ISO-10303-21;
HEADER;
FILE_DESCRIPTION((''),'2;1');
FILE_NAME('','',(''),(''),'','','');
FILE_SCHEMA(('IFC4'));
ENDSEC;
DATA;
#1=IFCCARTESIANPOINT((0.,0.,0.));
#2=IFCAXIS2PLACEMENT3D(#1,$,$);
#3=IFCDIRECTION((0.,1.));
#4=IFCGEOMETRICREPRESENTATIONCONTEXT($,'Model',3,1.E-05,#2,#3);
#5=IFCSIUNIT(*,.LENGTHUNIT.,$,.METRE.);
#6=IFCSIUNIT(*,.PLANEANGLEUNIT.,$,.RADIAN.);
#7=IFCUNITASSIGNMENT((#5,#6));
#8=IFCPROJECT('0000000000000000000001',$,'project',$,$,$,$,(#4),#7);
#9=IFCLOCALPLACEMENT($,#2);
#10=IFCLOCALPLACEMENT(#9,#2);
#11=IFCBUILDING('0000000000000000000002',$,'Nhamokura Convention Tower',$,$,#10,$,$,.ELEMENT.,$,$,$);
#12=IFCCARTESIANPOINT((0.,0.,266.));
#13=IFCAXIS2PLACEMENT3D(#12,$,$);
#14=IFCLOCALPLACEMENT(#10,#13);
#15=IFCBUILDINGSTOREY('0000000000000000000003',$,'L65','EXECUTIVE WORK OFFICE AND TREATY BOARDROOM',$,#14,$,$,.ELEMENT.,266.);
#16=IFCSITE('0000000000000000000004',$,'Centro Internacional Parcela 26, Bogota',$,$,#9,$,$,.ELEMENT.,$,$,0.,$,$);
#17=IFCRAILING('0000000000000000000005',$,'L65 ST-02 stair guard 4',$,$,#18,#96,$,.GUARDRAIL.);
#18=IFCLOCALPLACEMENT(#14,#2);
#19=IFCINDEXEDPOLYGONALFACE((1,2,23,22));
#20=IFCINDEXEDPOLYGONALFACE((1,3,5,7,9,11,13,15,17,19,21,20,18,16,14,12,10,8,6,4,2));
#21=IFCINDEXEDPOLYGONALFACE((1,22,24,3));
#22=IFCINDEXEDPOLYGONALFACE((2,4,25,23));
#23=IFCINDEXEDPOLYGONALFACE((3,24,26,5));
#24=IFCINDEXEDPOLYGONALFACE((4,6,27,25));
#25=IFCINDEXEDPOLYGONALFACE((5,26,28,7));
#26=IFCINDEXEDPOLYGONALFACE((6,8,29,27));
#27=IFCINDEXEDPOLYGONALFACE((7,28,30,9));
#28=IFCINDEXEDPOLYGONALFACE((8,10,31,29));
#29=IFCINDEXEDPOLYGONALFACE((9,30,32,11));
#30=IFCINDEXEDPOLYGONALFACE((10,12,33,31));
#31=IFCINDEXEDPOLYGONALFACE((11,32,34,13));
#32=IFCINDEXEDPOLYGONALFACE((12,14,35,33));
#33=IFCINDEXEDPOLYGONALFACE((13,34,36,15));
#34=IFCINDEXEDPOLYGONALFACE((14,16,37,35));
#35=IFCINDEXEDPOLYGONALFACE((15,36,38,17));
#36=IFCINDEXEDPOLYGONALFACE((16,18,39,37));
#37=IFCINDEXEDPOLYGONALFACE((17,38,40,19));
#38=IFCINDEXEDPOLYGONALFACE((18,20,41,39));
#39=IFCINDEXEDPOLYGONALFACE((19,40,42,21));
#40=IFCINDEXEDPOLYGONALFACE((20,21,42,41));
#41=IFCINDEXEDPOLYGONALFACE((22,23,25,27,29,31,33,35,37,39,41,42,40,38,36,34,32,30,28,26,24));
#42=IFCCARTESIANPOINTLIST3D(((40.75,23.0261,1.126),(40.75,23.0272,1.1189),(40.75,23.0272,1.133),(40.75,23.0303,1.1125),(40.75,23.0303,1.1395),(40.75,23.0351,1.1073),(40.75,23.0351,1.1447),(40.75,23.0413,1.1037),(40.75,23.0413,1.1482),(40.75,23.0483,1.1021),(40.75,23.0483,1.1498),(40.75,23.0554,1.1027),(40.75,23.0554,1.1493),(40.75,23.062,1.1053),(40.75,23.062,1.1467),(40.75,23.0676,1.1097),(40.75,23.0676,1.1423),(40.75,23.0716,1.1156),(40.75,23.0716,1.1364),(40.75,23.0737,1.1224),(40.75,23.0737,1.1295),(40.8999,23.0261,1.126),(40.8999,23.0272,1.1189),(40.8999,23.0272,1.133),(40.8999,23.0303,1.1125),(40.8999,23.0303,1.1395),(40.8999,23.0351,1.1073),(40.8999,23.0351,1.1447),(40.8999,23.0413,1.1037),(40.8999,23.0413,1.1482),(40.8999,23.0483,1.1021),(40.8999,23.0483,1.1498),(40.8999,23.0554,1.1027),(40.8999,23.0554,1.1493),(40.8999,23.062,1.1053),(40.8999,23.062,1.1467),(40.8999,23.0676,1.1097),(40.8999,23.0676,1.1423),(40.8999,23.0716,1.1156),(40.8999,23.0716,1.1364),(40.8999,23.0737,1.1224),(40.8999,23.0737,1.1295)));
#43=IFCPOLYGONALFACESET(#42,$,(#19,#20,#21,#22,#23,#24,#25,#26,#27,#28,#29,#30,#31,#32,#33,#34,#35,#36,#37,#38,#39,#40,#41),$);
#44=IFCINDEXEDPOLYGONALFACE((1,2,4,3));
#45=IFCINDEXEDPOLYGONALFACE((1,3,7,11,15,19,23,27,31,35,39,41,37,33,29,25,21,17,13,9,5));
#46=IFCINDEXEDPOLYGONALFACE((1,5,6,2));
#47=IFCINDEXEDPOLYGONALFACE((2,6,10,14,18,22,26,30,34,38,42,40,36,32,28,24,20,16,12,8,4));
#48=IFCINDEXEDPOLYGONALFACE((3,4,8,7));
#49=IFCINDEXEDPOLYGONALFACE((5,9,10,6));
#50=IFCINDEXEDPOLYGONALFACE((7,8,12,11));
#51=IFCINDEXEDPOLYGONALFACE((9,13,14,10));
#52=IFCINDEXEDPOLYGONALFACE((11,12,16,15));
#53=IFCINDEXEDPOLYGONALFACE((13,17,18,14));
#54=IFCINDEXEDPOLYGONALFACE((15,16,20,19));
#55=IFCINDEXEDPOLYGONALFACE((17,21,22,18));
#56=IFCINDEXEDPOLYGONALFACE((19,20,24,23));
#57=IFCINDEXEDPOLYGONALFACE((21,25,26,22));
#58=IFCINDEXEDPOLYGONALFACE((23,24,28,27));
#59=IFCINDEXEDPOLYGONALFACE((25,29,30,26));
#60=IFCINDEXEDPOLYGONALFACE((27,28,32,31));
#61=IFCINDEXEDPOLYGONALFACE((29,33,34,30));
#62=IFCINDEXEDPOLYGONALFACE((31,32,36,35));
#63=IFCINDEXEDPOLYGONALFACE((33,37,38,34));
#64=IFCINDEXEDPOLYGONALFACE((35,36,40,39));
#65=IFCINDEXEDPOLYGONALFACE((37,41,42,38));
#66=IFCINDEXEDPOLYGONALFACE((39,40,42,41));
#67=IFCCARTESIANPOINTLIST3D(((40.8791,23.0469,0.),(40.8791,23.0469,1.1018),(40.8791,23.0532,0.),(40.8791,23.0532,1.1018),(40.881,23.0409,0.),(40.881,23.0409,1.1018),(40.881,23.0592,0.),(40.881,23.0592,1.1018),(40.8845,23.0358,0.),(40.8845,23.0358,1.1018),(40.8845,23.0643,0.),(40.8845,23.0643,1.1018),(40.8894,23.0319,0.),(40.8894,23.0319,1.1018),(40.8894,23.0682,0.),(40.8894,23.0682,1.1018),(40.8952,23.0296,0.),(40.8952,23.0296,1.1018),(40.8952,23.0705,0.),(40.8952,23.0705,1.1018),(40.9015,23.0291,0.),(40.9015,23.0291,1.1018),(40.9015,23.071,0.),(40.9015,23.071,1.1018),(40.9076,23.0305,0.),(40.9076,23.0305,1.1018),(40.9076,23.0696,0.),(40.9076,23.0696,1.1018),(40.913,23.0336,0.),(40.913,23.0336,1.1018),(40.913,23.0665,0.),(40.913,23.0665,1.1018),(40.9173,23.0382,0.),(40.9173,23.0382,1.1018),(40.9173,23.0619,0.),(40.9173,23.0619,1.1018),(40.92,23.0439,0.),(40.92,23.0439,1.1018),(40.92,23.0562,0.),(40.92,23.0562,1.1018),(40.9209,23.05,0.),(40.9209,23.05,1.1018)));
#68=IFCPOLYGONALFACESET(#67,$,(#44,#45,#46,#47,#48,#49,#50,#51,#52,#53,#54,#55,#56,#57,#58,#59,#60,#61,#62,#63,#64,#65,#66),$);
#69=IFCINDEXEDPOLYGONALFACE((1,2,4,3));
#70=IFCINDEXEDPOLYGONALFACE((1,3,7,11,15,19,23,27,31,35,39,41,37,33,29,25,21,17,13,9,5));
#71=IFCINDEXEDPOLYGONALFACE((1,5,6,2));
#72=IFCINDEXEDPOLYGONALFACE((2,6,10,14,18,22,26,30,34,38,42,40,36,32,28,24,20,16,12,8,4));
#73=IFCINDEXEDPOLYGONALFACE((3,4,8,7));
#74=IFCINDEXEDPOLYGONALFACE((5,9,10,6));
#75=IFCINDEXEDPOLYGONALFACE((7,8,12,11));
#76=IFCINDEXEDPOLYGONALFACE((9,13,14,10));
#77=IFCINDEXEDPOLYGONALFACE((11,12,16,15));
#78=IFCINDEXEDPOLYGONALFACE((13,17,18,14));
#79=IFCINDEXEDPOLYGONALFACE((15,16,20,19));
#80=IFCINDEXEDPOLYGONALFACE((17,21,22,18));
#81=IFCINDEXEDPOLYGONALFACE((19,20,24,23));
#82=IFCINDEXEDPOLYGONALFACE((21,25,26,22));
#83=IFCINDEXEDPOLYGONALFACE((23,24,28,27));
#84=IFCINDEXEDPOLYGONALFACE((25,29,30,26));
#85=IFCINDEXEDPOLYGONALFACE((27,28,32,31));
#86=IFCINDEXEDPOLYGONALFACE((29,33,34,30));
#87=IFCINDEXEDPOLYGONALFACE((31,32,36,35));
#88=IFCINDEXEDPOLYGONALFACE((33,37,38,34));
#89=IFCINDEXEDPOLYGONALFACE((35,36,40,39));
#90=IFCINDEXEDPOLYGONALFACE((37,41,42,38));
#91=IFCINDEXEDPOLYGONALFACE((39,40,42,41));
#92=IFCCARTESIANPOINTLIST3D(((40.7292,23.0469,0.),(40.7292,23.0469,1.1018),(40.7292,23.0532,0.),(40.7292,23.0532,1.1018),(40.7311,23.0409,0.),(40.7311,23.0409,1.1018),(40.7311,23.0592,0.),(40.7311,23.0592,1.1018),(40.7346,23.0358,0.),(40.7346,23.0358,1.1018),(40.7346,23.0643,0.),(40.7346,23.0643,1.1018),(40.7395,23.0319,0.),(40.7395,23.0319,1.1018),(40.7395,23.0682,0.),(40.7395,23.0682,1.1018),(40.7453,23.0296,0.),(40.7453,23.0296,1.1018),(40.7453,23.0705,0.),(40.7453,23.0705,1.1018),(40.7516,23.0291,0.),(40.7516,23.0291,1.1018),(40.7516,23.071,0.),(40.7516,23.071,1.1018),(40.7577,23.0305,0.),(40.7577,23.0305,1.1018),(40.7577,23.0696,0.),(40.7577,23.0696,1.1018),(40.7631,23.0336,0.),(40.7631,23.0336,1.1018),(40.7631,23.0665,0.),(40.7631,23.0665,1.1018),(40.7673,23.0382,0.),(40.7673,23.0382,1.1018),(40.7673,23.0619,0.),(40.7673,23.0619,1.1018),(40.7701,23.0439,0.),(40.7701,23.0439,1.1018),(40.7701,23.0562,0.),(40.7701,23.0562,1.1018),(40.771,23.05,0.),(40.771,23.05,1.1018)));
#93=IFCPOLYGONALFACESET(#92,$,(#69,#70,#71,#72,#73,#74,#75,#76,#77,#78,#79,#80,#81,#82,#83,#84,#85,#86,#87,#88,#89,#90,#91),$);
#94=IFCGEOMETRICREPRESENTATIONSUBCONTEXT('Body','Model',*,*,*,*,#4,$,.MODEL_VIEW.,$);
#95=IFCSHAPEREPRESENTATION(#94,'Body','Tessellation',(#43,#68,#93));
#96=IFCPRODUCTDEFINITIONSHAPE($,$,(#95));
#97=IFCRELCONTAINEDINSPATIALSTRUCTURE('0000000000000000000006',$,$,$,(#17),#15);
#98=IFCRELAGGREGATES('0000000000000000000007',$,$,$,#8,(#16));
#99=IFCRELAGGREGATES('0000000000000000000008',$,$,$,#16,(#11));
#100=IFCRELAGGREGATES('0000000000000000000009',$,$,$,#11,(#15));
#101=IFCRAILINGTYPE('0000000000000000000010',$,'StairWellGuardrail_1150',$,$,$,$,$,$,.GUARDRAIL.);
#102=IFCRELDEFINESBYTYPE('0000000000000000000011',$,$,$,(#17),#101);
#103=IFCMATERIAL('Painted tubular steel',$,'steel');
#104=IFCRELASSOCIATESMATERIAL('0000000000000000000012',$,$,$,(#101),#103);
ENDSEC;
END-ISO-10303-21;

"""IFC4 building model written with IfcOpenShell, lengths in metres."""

from ifc_helpers import new_model, si_unit, direction, frame, origin, origin_2d, place, context, subcontext, project, spatial, circle, extrude, material, type_object, element, save


model = new_model("IFC4")

# Units and contexts
model_context = context("Model", 3, precision=1e-05, world=origin(), true_north=direction((0.0, 1.0)))
body_context = subcontext(model_context, "Body", "Model", "MODEL_VIEW")
ifc_project = project(units=[si_unit("LENGTHUNIT", "METRE"), si_unit("PLANEANGLEUNIT", "RADIAN")], contexts=[model_context])

# Site, building, storey
site_placement = place(None, origin())
site = spatial("IfcSite", under=ifc_project, at=site_placement, Name="Centro Internacional Parcela 26, Bogota", CompositionType="ELEMENT", RefElevation=0.0)
building_placement = place(site_placement, origin())
building = spatial("IfcBuilding", under=site, at=building_placement, Name="Nhamokura Convention Tower", CompositionType="ELEMENT")
storey_placement = place(building_placement, frame((0.0, 0.0, 266.0)))
storey = spatial("IfcBuildingStorey", under=building, at=storey_placement, Name="L65", Description="EXECUTIVE WORK OFFICE AND TREATY BOARDROOM", CompositionType="ELEMENT", Elevation=266.0)

# Railing
ifc_material_1 = material(Name="Painted tubular steel", Category="steel")
railing_type_1 = type_object("IfcRailingType", Name="StairWellGuardrail_1150", PredefinedType="GUARDRAIL", material=ifc_material_1)
railing_1_placement = place(storey_placement, frame((40.8999, 23.05, 0.0)))
element("IfcRailing", 1, at=railing_1_placement, inside=storey, type_object=railing_type_1, Name="L65 ST-02 stair guard 4", PredefinedType="GUARDRAIL", context=body_context, shape_type="SweptSolid", body=[
    extrude(circle(Radius=0.0239, at=origin_2d()), frame((0.0, 0.0, 1.126), z_axis=(-1.0, 0.0, 0.0), x_axis=(0.0, -1.0, 0.0)), (0.0, 0.0, 1.0), 0.1499),
    extrude(circle(Radius=0.021, at=origin_2d()), origin(), (0.0, 0.0, 1.0), 1.1018),
    extrude(circle(Radius=0.021, at=origin_2d()), frame((-0.1499, 0.0, 0.0)), (0.0, 0.0, 1.0), 1.1018),
])

save(model, "model.ifc")
